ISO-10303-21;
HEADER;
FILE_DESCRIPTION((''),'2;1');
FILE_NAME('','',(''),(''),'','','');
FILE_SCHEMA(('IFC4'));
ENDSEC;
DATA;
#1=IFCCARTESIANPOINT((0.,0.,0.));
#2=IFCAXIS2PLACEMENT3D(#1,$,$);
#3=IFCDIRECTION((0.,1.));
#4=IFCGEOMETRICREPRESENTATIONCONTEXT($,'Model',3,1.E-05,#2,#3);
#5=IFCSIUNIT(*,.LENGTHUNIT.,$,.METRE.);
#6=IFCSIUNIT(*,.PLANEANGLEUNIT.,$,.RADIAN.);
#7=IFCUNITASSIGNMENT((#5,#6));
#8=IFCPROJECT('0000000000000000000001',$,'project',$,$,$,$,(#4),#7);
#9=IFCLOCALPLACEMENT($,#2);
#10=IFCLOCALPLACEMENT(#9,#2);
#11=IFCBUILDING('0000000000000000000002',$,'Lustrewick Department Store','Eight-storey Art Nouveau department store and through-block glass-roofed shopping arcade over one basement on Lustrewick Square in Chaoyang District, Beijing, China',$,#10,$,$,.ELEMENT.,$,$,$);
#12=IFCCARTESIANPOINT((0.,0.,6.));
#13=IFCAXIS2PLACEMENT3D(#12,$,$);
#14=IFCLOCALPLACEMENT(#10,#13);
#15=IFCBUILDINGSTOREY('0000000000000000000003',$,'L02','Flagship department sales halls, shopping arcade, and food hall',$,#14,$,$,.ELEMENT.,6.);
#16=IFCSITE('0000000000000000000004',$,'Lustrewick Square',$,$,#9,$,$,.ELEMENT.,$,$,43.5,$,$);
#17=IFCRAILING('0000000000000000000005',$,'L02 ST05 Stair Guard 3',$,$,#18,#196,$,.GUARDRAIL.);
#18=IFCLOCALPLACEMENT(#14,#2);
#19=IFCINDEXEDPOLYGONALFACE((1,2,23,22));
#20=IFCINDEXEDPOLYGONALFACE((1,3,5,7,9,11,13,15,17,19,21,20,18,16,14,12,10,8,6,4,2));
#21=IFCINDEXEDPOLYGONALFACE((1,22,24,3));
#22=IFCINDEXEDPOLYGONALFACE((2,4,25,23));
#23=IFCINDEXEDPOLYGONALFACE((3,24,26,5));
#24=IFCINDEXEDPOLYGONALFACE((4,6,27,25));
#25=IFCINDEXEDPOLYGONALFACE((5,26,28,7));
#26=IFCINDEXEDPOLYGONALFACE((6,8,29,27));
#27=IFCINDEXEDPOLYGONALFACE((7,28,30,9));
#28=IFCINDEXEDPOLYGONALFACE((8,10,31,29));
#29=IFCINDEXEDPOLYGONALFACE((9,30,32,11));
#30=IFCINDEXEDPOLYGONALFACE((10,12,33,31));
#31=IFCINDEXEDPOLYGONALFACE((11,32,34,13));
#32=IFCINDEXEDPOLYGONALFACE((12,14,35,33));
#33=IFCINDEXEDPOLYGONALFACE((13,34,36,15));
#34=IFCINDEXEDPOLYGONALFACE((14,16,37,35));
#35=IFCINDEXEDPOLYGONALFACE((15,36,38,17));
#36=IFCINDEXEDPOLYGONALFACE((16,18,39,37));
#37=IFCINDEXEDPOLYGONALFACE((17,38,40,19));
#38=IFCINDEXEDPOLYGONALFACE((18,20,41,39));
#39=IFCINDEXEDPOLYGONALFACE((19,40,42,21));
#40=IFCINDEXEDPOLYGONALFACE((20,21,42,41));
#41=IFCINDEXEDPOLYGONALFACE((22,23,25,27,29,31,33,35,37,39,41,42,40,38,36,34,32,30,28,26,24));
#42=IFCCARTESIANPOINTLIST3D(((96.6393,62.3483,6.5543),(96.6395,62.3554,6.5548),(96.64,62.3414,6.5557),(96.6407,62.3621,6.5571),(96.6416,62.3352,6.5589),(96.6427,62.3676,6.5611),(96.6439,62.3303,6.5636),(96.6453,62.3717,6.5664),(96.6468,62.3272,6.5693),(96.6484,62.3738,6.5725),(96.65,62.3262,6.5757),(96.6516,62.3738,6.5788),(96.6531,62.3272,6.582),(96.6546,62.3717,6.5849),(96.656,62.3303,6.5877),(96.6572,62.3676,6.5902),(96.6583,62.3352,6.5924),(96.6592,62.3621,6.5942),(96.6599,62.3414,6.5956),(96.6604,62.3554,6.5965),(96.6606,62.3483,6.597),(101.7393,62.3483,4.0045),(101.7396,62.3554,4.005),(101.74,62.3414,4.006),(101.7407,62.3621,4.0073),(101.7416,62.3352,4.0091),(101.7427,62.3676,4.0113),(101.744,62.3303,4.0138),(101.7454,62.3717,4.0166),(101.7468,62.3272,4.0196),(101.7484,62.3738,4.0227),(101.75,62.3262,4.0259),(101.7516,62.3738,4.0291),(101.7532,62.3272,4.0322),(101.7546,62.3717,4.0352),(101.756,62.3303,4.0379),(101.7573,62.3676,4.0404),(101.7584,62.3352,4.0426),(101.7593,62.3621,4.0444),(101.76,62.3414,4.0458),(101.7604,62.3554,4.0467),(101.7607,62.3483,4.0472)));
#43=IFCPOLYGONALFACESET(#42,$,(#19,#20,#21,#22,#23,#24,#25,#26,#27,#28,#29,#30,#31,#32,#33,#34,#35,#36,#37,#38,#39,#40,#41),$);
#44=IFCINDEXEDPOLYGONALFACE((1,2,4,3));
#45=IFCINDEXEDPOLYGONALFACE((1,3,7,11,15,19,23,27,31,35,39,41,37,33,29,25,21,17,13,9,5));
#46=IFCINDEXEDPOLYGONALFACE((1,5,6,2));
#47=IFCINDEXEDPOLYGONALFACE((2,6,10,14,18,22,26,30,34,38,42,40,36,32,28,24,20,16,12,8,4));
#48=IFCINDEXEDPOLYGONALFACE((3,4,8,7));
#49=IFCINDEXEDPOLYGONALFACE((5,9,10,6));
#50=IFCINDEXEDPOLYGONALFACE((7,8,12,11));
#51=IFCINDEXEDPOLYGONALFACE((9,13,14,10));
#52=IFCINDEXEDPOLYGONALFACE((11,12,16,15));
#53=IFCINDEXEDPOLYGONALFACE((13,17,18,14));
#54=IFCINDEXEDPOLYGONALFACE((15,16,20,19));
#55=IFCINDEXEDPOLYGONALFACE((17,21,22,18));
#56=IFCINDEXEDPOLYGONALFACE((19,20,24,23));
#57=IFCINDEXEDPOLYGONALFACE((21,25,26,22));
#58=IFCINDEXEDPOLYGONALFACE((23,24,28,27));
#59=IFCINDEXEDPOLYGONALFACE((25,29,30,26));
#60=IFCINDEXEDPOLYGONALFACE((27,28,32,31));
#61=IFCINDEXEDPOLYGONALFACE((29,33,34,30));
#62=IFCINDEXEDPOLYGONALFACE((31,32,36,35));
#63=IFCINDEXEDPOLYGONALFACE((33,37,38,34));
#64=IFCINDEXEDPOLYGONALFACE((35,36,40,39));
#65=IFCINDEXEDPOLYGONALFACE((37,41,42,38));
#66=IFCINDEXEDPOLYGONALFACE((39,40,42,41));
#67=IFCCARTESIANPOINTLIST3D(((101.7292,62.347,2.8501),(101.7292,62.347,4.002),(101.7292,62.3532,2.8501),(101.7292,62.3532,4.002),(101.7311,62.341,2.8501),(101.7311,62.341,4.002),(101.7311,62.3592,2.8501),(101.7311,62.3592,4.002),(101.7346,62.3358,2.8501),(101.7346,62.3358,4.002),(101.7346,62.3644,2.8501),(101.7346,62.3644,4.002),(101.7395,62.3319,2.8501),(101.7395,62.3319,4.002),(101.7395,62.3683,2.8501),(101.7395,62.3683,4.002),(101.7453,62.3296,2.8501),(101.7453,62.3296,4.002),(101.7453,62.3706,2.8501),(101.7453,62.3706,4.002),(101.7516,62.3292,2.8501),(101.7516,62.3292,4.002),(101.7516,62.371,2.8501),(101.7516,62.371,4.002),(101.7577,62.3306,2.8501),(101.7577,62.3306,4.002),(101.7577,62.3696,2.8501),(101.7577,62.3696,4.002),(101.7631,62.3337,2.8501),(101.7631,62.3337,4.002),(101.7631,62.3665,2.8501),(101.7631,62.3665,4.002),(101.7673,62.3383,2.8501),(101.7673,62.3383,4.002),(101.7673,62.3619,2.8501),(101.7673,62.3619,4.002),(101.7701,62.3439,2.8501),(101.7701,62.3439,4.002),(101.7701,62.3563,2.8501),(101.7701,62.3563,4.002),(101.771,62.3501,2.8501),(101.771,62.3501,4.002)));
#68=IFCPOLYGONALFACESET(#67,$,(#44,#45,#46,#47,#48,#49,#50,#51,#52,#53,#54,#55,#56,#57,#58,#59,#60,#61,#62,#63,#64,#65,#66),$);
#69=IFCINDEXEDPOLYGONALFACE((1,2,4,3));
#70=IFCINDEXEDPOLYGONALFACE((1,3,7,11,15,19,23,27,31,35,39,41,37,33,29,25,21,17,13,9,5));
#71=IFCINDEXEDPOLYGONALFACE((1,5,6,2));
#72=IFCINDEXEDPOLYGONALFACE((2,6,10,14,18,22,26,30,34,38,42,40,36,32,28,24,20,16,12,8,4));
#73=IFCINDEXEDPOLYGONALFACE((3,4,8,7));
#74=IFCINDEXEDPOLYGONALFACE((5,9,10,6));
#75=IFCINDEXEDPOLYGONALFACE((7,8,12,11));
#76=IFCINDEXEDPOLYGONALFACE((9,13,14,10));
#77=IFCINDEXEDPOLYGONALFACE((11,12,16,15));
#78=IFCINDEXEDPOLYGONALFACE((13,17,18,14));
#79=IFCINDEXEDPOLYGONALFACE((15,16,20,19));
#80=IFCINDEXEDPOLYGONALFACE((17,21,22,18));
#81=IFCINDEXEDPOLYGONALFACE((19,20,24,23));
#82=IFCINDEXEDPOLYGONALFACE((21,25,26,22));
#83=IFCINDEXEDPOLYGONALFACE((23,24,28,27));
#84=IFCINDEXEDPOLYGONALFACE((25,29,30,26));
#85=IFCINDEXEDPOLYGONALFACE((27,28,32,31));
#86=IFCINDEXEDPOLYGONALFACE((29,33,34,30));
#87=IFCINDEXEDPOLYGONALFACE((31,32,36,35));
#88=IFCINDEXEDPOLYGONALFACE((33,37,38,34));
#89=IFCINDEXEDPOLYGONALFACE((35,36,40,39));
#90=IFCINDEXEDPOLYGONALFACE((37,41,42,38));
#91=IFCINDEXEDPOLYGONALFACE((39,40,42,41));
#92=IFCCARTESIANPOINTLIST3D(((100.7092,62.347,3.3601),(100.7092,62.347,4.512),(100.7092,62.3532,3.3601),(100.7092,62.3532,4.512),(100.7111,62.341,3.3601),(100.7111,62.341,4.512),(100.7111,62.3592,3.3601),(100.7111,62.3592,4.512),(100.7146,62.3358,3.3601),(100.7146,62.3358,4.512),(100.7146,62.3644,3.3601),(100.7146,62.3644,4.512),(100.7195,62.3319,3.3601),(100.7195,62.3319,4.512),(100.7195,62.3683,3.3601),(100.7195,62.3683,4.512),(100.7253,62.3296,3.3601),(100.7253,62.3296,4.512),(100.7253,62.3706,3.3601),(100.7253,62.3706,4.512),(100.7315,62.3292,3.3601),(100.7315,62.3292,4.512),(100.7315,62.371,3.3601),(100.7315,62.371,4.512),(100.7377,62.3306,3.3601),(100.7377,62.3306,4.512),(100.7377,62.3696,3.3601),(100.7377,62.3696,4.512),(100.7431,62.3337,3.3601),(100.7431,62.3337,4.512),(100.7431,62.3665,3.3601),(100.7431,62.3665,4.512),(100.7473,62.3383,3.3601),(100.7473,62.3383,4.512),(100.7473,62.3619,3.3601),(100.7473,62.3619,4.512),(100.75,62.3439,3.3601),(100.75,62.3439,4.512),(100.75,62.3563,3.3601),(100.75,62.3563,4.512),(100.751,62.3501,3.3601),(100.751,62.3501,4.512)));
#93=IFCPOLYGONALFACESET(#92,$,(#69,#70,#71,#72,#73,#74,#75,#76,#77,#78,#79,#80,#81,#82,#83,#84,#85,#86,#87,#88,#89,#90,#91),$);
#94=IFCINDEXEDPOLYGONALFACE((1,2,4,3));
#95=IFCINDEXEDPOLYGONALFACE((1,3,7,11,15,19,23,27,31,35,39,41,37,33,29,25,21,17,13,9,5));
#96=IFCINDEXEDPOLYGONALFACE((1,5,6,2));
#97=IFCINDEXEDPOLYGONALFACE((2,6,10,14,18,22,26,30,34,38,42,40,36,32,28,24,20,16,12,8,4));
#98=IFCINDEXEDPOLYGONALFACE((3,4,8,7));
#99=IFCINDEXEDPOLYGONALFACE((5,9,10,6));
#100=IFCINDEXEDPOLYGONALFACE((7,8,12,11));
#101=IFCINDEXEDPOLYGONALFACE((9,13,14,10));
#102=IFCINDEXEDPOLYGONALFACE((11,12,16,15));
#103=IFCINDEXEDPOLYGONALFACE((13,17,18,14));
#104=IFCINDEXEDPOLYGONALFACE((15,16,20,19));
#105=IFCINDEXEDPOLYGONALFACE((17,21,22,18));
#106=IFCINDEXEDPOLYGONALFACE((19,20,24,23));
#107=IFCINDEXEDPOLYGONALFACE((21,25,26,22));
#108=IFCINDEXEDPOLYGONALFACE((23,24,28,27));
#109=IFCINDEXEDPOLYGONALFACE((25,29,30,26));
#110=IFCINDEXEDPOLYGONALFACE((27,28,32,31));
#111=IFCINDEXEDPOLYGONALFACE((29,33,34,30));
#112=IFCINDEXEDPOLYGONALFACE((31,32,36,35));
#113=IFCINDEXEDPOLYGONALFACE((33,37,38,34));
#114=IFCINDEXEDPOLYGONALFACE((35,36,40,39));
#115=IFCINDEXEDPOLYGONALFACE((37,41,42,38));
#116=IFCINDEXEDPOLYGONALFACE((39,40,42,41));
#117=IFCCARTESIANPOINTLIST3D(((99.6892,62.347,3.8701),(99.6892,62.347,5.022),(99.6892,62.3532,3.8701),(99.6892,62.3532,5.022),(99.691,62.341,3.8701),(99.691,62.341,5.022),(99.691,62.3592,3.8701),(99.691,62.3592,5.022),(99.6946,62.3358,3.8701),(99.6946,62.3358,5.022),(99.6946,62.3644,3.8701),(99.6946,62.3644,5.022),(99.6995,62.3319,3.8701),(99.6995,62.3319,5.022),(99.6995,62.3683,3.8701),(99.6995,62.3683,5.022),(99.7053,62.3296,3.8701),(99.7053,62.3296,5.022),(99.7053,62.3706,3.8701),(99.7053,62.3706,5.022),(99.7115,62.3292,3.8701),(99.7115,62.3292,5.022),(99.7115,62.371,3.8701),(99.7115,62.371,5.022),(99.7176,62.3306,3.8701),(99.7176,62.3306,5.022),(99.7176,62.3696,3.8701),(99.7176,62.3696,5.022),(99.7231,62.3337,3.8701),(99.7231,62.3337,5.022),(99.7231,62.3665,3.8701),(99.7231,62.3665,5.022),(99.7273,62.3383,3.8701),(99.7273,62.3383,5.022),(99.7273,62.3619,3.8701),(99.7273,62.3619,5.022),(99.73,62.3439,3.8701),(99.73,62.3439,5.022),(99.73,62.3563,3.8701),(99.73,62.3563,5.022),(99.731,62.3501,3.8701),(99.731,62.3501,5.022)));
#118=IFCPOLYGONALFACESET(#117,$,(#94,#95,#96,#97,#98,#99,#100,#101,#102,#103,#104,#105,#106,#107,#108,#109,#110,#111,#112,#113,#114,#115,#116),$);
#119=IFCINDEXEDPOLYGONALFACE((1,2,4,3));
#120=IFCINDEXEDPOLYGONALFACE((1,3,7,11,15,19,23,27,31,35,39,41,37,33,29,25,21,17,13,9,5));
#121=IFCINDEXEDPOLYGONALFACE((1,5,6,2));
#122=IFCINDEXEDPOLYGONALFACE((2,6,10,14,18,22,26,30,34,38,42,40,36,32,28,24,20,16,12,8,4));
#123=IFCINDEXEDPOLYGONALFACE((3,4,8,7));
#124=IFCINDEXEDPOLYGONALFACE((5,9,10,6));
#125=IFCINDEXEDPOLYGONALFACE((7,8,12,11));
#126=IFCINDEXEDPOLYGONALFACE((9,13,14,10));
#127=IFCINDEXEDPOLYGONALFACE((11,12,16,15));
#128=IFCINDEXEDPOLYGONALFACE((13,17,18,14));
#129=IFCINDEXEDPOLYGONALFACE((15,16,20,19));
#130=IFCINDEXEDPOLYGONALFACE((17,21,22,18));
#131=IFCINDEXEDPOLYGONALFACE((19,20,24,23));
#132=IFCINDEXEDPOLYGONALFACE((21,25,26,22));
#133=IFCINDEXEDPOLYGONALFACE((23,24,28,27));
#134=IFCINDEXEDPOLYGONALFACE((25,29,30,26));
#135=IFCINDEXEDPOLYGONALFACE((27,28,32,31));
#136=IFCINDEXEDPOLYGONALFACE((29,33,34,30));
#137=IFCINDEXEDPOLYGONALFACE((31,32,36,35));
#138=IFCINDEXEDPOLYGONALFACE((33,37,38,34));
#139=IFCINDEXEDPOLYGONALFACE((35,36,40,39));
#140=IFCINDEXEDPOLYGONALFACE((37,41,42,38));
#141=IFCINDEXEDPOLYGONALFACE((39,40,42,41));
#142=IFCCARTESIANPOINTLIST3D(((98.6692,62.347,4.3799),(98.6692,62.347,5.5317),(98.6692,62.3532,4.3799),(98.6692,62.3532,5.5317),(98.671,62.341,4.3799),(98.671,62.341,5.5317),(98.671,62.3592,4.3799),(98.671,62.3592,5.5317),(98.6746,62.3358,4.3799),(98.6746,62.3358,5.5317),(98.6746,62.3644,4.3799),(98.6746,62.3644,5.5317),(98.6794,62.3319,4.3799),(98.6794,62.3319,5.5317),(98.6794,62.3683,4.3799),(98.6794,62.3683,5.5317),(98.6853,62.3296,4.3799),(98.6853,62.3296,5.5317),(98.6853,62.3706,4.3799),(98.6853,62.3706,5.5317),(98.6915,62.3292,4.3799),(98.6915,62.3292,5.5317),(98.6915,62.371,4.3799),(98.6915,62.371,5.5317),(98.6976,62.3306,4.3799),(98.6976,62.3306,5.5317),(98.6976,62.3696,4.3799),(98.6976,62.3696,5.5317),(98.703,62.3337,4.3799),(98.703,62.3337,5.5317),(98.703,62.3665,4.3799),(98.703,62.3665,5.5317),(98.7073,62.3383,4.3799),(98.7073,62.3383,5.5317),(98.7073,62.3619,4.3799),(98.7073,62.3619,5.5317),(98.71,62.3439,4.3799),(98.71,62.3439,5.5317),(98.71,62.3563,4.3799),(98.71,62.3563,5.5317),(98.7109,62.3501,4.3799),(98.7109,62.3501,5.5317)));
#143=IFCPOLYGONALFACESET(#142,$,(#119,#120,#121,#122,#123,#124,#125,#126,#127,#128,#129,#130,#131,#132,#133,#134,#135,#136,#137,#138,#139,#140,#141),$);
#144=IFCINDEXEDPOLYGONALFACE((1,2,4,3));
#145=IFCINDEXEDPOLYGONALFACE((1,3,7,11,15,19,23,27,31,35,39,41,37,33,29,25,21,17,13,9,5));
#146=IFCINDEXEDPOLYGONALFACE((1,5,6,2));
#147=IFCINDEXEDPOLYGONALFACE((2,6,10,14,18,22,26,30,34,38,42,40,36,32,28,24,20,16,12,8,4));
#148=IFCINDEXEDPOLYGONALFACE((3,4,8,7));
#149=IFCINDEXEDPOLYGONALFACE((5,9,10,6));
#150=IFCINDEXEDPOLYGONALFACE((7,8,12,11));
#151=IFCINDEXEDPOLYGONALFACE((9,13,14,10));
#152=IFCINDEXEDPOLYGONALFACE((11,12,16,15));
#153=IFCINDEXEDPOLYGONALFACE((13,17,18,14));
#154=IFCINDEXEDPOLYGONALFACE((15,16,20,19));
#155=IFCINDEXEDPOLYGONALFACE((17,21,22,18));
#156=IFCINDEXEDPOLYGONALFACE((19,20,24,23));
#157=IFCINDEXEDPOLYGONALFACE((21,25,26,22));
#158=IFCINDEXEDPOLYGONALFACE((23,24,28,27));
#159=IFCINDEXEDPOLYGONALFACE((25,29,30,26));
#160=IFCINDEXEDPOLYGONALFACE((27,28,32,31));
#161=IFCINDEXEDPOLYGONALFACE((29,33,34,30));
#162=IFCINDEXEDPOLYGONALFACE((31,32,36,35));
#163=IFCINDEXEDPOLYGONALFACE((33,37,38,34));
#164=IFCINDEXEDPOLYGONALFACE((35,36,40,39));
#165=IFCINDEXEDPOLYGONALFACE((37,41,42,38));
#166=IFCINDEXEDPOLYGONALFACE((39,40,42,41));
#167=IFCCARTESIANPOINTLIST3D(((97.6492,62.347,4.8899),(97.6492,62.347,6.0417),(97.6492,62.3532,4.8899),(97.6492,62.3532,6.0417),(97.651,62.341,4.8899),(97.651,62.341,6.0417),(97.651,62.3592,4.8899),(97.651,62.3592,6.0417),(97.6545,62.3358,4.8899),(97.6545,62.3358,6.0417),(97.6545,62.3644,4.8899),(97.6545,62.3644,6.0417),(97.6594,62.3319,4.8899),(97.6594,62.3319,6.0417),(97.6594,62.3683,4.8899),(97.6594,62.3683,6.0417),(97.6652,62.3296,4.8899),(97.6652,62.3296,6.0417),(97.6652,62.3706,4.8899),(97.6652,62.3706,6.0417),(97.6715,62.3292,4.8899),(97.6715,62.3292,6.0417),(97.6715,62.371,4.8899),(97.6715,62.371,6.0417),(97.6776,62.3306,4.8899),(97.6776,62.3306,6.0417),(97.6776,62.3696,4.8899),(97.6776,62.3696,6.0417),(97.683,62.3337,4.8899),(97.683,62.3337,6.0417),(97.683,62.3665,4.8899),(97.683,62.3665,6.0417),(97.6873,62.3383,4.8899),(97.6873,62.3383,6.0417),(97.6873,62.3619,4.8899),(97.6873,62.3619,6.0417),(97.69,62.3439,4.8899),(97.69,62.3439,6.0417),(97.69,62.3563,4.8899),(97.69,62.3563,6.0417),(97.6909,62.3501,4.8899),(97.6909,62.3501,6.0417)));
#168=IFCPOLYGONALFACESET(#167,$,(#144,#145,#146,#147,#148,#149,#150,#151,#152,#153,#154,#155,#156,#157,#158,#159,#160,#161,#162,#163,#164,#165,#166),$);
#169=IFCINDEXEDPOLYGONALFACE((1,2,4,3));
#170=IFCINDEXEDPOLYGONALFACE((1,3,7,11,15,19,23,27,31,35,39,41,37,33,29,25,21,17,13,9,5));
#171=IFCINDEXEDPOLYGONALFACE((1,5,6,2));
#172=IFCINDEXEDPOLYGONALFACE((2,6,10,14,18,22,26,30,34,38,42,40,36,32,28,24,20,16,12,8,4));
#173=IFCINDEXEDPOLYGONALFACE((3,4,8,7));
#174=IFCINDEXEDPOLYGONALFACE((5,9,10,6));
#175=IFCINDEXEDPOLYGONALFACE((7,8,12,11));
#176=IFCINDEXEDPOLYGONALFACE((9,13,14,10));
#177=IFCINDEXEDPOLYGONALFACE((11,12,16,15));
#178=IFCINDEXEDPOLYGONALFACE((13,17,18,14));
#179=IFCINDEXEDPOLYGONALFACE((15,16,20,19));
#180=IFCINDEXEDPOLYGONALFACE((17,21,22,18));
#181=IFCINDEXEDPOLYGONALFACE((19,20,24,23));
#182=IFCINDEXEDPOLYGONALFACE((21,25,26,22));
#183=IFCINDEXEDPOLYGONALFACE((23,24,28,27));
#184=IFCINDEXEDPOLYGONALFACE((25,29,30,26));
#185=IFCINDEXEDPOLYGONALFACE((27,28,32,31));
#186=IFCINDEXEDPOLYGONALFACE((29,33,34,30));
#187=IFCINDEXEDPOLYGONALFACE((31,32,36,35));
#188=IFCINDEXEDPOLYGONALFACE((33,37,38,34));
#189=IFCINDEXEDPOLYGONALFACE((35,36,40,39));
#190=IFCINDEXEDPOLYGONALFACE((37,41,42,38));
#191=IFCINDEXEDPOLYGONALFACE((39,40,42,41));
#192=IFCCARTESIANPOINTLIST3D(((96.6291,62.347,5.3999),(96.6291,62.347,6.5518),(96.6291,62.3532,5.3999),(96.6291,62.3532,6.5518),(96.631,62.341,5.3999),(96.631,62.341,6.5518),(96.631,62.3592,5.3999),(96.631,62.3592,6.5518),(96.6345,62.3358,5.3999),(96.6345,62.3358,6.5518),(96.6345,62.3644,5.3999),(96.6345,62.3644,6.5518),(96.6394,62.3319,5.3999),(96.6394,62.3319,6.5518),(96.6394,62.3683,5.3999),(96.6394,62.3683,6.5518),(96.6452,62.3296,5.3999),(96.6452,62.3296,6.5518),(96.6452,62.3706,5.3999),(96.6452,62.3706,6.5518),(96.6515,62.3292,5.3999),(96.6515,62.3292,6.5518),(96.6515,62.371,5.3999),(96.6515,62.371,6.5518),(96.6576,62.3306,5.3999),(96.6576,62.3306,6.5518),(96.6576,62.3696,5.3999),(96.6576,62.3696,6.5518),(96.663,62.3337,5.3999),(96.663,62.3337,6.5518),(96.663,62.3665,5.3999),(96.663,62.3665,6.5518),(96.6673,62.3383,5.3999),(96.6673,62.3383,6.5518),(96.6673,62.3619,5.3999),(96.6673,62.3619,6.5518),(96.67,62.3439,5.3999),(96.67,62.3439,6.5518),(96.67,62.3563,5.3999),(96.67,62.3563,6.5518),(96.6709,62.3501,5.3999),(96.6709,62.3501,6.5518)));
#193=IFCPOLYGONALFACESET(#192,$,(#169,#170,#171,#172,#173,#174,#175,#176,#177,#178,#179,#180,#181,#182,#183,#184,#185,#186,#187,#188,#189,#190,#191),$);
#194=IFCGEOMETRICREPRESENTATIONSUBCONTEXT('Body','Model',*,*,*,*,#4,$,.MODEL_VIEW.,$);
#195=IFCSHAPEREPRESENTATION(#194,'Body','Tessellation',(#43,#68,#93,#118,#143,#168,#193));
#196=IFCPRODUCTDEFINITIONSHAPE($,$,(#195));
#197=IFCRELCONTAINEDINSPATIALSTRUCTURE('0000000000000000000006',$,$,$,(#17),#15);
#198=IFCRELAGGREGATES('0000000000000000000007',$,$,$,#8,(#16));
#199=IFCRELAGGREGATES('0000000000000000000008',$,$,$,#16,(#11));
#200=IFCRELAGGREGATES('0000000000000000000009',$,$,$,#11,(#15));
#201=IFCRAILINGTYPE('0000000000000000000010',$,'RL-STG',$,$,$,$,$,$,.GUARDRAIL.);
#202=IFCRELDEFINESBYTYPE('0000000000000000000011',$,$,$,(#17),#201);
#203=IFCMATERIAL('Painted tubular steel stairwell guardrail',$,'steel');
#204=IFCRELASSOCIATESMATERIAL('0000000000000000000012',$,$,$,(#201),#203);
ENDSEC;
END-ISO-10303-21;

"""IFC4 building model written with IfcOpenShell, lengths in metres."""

from ifc_helpers import new_model, si_unit, direction, frame, origin, origin_2d, place, context, subcontext, project, spatial, circle, extrude, material, type_object, element, save


model = new_model("IFC4")

# Units and contexts
model_context = context("Model", 3, precision=1e-05, world=origin(), true_north=direction((0.0, 1.0)))
body_context = subcontext(model_context, "Body", "Model", "MODEL_VIEW")
ifc_project = project(units=[si_unit("LENGTHUNIT", "METRE"), si_unit("PLANEANGLEUNIT", "RADIAN")], contexts=[model_context])

# Site, building, storey
site_placement = place(None, origin())
site = spatial("IfcSite", under=ifc_project, at=site_placement, Name="Lustrewick Square", CompositionType="ELEMENT", RefElevation=43.5)
building_placement = place(site_placement, origin())
building = spatial("IfcBuilding", under=site, at=building_placement, Name="Lustrewick Department Store", Description="Eight-storey Art Nouveau department store and through-block glass-roofed shopping arcade over one basement on Lustrewick Square in Chaoyang District, Beijing, China", CompositionType="ELEMENT")
storey_placement = place(building_placement, frame((0.0, 0.0, 6.0)))
storey = spatial("IfcBuildingStorey", under=building, at=storey_placement, Name="L02", Description="Flagship department sales halls, shopping arcade, and food hall", CompositionType="ELEMENT", Elevation=6.0)

# Railing
ifc_material_1 = material(Name="Painted tubular steel stairwell guardrail", Category="steel")
railing_type_1 = type_object("IfcRailingType", Name="RL-STG", PredefinedType="GUARDRAIL", material=ifc_material_1)
railing_1_placement = place(storey_placement, frame((101.75, 62.3501, 2.8501)))
element("IfcRailing", 1, at=railing_1_placement, inside=storey, type_object=railing_type_1, Name="L02 ST05 Stair Guard 3", PredefinedType="GUARDRAIL", context=body_context, shape_type="SweptSolid", body=[
    extrude(circle(Radius=0.0239, at=origin_2d()), frame((0.0, 0.0, 1.1758), z_axis=(-0.894444, 0.0, 0.447179), x_axis=(0.0, -1.0, 0.0)), (0.0, 0.0, 1.0), 5.7019),
    extrude(circle(Radius=0.021, at=origin_2d()), origin(), (0.0, 0.0, 1.0), 1.1519),
    extrude(circle(Radius=0.021, at=origin_2d()), frame((-1.02, 0.0, 0.51)), (0.0, 0.0, 1.0), 1.1519),
    extrude(circle(Radius=0.021, at=origin_2d()), frame((-2.04, 0.0, 1.02)), (0.0, 0.0, 1.0), 1.1519),
    extrude(circle(Radius=0.021, at=origin_2d()), frame((-3.0601, 0.0, 1.5298)), (0.0, 0.0, 1.0), 1.1519),
    extrude(circle(Radius=0.021, at=origin_2d()), frame((-4.0801, 0.0, 2.0398)), (0.0, 0.0, 1.0), 1.1519),
    extrude(circle(Radius=0.021, at=origin_2d()), frame((-5.1001, 0.0, 2.5498)), (0.0, 0.0, 1.0), 1.1519),
])

save(model, "model.ifc")
